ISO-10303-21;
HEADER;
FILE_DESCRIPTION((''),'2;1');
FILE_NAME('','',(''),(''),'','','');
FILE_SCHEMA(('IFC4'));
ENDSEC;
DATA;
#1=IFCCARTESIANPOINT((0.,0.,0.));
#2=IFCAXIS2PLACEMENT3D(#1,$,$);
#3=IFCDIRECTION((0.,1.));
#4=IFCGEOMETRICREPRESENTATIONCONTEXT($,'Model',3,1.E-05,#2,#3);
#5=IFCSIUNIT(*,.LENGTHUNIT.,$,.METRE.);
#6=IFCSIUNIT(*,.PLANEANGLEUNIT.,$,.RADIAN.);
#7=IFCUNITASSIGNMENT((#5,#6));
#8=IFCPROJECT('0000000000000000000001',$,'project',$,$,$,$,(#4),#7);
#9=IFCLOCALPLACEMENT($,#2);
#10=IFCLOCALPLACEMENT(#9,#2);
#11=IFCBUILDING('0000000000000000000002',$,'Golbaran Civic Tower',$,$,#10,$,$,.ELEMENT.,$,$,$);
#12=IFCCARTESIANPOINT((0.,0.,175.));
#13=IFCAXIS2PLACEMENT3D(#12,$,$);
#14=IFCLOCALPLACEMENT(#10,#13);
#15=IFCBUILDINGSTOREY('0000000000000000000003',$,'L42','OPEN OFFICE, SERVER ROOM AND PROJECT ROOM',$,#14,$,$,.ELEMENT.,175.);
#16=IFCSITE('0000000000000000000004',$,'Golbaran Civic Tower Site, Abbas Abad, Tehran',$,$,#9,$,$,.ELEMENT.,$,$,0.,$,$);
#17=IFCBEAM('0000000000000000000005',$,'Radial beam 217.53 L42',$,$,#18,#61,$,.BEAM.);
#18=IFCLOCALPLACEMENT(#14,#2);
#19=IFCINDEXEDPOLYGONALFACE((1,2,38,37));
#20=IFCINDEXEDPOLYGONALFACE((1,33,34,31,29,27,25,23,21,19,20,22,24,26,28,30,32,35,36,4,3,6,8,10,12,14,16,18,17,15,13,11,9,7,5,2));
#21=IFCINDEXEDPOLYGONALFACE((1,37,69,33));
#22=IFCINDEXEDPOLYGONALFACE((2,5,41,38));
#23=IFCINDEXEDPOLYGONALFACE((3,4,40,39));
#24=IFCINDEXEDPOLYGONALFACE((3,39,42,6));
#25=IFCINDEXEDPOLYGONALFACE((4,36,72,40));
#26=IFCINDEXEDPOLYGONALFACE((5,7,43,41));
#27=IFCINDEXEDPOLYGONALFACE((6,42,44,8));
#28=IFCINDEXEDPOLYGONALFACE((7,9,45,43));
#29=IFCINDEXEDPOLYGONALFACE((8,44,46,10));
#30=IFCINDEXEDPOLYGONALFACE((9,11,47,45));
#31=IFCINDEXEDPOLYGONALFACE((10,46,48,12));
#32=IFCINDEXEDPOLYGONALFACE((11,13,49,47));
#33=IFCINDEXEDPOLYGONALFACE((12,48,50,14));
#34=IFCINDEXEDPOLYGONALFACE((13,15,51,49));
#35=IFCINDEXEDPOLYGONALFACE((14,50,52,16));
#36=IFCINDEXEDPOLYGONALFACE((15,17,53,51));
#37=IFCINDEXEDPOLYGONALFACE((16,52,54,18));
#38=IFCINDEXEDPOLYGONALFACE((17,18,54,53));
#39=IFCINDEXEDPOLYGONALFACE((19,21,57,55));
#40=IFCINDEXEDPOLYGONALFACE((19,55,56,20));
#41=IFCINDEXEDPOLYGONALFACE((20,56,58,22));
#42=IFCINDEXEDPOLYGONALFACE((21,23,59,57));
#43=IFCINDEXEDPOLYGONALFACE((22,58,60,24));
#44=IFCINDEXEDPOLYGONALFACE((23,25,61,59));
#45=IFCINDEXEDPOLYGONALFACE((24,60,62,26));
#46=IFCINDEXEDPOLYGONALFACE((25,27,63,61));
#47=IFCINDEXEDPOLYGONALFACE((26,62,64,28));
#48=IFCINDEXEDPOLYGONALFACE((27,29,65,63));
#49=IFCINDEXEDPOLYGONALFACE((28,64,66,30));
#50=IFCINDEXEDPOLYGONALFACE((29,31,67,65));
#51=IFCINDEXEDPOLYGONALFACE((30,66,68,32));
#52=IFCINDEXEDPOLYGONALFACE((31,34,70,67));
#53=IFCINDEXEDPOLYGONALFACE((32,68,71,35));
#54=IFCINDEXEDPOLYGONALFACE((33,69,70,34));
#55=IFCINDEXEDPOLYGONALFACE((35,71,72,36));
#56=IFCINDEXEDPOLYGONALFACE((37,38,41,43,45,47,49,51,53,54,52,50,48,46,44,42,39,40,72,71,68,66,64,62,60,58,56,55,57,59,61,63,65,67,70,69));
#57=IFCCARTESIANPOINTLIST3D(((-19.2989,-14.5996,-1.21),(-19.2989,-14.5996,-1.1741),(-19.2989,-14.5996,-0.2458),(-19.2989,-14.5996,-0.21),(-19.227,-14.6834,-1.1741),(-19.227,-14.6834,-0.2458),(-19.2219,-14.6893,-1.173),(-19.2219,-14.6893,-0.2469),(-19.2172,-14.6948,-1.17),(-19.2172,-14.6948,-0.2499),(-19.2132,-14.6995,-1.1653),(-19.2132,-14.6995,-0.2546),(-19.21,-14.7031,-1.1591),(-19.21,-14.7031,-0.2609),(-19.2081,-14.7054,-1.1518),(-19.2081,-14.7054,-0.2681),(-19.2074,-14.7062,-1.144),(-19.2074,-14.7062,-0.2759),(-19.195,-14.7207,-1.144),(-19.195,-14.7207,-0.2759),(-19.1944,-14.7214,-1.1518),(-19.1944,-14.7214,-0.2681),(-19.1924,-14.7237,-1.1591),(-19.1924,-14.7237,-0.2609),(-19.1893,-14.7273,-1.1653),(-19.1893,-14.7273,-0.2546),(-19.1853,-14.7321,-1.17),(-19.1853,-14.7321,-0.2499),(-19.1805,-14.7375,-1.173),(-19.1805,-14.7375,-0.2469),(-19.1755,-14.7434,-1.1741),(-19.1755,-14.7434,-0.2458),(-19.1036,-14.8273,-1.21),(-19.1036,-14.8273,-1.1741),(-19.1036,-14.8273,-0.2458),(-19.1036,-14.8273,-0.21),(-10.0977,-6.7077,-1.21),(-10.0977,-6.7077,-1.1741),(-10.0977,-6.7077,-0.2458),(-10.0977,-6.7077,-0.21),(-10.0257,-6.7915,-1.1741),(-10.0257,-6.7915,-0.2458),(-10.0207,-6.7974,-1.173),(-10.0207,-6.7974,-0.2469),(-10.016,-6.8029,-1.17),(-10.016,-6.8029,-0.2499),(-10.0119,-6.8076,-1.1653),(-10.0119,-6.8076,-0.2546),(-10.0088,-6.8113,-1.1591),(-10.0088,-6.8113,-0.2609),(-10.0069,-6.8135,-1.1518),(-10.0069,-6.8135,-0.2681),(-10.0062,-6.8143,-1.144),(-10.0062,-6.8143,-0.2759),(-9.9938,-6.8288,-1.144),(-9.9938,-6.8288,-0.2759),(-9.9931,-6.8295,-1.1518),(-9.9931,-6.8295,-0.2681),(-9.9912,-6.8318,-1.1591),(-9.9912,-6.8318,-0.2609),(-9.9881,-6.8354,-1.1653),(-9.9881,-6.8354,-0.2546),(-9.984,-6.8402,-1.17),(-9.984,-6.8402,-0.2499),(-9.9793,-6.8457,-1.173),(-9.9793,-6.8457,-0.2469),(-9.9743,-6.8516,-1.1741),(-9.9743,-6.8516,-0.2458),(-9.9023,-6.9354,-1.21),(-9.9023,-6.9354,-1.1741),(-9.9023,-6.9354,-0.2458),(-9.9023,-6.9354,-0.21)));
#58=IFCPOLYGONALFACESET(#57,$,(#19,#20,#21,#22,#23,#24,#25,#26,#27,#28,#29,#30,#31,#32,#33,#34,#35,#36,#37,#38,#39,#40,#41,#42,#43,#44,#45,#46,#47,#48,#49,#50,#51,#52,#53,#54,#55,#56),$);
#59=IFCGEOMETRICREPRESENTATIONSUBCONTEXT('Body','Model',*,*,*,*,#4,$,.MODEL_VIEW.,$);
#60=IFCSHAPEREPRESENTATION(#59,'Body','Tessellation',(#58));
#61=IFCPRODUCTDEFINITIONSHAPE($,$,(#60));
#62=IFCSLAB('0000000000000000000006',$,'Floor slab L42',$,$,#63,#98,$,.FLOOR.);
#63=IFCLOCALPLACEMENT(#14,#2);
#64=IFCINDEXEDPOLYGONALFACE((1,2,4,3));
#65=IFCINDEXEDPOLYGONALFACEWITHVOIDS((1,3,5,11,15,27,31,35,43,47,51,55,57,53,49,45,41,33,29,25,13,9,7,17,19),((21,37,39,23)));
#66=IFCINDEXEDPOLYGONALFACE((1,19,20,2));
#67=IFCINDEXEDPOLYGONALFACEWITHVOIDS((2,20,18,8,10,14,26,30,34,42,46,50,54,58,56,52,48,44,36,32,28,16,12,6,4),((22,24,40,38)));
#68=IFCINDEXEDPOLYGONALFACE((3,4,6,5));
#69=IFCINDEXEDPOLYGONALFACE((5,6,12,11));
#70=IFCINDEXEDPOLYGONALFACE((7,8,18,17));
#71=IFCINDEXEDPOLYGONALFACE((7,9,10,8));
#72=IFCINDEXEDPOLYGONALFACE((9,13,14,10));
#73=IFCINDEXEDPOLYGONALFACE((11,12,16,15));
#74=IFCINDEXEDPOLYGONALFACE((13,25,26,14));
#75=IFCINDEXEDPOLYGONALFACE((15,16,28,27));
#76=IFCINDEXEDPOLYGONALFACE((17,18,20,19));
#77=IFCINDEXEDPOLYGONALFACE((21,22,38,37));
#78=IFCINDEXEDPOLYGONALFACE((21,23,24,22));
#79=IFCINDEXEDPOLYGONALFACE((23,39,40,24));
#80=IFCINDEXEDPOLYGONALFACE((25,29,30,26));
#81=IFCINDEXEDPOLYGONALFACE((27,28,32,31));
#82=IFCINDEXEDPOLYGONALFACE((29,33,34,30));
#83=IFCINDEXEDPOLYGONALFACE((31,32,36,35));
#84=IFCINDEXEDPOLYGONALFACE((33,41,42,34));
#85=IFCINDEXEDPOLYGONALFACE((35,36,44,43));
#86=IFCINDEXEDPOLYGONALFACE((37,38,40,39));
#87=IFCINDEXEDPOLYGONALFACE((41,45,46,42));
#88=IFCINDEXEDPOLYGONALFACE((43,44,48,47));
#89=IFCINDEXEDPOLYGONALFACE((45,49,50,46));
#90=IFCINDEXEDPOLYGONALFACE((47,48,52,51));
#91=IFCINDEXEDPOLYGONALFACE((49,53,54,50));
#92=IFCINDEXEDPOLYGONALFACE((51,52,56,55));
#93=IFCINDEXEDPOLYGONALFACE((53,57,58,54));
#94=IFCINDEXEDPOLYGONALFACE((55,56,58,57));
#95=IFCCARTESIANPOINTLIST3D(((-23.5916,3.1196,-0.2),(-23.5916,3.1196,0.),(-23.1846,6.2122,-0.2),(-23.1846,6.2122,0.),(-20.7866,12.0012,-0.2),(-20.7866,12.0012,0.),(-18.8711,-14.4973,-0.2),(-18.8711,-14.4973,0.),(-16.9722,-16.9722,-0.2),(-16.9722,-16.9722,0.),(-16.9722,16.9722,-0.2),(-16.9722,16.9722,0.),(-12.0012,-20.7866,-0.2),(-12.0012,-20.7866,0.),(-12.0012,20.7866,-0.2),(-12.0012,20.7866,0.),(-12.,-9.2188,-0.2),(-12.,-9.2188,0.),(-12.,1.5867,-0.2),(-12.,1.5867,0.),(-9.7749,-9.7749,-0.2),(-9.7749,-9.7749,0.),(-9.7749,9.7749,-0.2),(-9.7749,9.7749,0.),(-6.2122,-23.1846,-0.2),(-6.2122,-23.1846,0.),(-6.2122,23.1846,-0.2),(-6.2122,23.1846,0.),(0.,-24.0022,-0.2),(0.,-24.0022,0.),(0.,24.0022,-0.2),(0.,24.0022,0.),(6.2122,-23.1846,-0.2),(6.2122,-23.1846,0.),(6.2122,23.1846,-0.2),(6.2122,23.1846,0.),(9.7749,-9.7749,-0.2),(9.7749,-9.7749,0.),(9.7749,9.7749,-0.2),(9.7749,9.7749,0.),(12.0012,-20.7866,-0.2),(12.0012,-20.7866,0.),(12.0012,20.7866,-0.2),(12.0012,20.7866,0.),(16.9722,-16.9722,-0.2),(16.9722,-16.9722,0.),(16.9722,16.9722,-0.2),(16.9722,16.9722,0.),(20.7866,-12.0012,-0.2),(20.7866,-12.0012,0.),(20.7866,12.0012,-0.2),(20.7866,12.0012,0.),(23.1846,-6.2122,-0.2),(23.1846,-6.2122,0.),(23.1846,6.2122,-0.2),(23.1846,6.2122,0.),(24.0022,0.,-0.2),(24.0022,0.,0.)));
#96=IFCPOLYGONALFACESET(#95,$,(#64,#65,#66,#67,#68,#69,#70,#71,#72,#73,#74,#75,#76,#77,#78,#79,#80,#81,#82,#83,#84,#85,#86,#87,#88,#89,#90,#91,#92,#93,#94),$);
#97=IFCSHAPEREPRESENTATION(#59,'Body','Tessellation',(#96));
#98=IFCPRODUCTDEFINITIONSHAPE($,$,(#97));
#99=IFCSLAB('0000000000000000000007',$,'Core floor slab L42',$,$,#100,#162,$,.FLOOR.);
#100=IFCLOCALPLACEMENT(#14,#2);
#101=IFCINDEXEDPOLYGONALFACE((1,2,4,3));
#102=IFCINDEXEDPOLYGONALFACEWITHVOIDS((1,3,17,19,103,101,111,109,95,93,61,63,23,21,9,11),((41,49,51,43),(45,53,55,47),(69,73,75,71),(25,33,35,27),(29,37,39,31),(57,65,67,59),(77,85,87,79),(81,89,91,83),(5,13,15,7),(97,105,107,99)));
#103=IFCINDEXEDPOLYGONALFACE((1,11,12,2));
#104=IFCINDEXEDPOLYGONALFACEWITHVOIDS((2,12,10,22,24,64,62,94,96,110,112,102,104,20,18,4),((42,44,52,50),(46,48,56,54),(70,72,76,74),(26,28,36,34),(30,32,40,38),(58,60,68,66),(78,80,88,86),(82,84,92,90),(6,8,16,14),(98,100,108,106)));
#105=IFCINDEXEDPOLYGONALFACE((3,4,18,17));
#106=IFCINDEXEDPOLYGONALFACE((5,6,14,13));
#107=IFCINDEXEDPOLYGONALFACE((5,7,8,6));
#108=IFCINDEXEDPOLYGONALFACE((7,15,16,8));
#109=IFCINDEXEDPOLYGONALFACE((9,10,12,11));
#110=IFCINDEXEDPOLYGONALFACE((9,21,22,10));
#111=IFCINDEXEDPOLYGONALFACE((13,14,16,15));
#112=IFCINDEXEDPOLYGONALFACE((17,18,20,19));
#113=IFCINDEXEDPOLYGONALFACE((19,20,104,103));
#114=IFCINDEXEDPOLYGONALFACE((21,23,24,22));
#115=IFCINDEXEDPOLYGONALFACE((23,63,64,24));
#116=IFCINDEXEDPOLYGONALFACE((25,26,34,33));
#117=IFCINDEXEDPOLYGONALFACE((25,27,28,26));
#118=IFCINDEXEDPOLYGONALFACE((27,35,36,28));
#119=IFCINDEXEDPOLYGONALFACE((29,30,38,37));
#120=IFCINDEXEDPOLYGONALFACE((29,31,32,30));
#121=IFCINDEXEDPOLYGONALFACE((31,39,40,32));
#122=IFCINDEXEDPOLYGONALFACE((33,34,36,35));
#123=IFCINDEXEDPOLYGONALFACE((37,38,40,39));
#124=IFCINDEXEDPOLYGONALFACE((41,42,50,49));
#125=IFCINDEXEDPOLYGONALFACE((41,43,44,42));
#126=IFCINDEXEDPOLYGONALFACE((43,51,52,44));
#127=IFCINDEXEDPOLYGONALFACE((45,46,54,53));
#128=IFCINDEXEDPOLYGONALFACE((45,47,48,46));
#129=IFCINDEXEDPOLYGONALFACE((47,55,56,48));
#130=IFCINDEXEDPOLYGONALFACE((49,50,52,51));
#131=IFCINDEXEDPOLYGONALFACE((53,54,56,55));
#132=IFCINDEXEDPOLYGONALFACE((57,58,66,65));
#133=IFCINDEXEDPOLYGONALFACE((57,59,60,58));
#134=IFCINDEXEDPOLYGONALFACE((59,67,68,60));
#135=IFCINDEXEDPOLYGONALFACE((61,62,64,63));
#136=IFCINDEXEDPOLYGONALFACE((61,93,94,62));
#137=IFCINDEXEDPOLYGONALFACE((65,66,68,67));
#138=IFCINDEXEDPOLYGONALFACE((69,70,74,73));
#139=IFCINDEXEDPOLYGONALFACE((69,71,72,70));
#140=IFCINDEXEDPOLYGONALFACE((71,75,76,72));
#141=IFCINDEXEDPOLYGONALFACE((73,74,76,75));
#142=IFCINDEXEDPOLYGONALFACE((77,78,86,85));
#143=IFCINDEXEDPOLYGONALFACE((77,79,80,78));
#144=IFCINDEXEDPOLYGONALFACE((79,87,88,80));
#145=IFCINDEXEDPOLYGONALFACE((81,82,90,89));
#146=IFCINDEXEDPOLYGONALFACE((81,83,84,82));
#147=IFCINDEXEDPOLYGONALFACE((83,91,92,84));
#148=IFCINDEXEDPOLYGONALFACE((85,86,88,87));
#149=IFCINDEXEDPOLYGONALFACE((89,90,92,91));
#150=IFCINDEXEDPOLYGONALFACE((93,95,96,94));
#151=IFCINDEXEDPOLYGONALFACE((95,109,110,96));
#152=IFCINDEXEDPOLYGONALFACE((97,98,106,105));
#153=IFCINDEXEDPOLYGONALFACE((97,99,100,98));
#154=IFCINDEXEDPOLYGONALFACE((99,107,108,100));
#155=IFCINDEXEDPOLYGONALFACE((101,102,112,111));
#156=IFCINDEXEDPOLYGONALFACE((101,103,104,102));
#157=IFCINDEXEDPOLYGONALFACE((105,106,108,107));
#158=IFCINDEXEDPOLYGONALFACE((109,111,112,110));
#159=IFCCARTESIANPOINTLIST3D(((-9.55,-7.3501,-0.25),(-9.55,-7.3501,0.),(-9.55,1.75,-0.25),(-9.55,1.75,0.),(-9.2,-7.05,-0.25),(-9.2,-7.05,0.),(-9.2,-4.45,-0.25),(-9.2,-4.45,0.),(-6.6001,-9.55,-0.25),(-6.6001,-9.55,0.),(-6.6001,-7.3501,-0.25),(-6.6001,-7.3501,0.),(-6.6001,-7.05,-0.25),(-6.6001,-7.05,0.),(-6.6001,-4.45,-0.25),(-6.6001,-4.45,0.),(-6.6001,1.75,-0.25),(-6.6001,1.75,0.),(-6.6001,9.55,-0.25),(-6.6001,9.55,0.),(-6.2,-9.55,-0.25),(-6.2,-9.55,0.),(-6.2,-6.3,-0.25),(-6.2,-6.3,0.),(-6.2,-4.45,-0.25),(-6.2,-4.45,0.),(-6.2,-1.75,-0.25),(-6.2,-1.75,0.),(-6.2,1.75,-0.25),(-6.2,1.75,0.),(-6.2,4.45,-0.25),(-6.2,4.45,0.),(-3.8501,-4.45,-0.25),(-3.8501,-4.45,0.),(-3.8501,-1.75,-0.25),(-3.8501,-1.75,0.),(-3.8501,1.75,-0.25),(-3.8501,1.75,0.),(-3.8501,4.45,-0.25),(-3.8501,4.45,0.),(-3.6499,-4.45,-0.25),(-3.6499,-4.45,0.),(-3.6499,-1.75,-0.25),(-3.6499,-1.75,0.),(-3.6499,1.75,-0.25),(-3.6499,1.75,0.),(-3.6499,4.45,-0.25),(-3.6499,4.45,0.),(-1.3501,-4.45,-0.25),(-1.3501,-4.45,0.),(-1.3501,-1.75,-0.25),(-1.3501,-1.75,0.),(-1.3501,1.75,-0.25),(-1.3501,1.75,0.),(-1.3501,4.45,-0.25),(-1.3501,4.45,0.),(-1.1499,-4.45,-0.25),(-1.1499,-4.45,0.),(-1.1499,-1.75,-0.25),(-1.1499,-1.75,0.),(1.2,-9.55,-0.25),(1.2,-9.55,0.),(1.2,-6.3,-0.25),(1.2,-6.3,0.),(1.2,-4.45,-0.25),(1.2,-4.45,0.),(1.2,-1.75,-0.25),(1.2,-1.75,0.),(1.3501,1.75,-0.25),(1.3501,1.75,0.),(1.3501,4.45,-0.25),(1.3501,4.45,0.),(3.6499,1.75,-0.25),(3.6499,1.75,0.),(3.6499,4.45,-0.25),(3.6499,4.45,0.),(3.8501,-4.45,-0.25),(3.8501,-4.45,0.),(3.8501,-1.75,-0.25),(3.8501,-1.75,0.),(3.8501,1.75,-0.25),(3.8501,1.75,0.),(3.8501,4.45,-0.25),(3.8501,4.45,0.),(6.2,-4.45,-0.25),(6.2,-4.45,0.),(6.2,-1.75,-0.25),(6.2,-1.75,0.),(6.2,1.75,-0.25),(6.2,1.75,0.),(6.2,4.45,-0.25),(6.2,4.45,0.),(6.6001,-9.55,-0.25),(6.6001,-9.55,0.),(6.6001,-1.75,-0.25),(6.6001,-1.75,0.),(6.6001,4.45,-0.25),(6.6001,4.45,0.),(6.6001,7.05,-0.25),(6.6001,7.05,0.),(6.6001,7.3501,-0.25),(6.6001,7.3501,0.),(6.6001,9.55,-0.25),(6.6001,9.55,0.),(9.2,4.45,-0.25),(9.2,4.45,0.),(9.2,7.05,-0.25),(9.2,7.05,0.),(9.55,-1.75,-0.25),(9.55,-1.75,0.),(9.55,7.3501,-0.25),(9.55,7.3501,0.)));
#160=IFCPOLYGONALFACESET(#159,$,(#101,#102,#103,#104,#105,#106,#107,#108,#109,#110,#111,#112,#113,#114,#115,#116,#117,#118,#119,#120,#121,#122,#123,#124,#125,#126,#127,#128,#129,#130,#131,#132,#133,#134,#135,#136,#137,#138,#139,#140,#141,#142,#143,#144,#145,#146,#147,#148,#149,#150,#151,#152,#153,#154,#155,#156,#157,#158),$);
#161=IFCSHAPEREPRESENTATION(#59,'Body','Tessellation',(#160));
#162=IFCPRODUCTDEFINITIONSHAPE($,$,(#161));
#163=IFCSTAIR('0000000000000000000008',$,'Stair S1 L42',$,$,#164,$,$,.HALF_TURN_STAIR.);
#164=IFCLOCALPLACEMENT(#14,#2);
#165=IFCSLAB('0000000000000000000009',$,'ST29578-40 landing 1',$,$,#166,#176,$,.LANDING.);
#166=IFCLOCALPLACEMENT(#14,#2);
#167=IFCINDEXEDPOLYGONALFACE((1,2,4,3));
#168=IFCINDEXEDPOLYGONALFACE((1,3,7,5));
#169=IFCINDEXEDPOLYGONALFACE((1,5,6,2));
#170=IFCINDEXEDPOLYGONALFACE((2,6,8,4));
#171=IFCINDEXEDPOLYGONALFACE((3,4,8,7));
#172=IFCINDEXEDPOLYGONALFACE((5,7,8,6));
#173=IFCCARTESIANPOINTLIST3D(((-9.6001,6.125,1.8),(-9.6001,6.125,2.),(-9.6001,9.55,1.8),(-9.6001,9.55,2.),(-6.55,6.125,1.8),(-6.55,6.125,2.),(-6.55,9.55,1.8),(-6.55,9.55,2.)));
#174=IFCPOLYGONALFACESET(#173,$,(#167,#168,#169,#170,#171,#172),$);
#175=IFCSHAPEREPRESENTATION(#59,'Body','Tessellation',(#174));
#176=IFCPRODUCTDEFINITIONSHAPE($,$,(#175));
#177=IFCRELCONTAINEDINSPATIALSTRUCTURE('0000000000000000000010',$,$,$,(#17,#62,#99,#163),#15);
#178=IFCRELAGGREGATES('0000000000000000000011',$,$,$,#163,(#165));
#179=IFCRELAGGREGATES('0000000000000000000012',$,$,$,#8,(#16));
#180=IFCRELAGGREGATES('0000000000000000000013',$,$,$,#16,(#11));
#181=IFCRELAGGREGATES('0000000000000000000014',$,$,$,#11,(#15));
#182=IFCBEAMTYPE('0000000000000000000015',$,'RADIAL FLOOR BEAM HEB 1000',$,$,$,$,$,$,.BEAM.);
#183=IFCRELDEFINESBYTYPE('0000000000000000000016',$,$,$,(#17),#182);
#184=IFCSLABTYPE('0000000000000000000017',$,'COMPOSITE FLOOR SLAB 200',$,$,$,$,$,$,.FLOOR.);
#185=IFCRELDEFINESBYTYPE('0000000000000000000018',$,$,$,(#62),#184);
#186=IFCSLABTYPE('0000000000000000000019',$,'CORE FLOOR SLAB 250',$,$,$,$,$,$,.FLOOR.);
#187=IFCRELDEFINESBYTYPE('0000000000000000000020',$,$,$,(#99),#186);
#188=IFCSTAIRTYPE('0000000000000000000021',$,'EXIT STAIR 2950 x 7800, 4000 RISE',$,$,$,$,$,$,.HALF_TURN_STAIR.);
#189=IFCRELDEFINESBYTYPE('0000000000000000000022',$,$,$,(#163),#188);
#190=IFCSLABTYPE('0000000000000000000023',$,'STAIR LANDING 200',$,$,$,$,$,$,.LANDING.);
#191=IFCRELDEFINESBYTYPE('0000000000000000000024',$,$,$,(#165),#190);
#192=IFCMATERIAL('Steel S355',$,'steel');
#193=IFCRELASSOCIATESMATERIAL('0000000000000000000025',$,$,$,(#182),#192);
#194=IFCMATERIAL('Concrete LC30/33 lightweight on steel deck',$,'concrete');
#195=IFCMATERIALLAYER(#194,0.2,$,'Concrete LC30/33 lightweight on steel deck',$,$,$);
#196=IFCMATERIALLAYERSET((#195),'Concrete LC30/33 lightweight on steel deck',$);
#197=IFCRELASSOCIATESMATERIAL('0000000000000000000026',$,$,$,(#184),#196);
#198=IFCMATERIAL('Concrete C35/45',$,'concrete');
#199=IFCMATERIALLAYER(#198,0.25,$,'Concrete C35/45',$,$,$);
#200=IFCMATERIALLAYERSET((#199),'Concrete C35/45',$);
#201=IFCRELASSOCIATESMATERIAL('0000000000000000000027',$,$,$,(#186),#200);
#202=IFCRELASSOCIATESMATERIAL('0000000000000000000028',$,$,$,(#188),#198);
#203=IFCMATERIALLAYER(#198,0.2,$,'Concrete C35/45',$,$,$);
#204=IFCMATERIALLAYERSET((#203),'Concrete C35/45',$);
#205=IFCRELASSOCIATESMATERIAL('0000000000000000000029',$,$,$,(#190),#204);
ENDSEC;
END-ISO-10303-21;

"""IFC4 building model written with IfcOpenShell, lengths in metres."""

from ifc_helpers import new_model, si_unit, direction, frame, origin, origin_2d, place, context, subcontext, project, spatial, polyline, i_section, outline, extrude, material, layer, layer_set, material_profile, profile_set, type_object, element, aggregate, save


model = new_model("IFC4")

# Units and contexts
model_context = context("Model", 3, precision=1e-05, world=origin(), true_north=direction((0.0, 1.0)))
body_context = subcontext(model_context, "Body", "Model", "MODEL_VIEW")
ifc_project = project(units=[si_unit("LENGTHUNIT", "METRE"), si_unit("PLANEANGLEUNIT", "RADIAN")], contexts=[model_context])

# Site, building, storey
site_placement = place(None, origin())
site = spatial("IfcSite", under=ifc_project, at=site_placement, Name="Golbaran Civic Tower Site, Abbas Abad, Tehran", CompositionType="ELEMENT", RefElevation=0.0)
building_placement = place(site_placement, origin())
building = spatial("IfcBuilding", under=site, at=building_placement, Name="Golbaran Civic Tower", CompositionType="ELEMENT")
storey_placement = place(building_placement, frame((0.0, 0.0, 175.0)))
storey = spatial("IfcBuildingStorey", under=building, at=storey_placement, Name="L42", Description="OPEN OFFICE, SERVER ROOM AND PROJECT ROOM", CompositionType="ELEMENT", Elevation=175.0)

# Beam
ifc_material_1 = material(Name="Steel S355", Category="steel")
ifc_material_profile = material_profile(ifc_material_1, i_section(OverallWidth=0.3, OverallDepth=1.0, WebThickness=0.019, FlangeThickness=0.0359, FilletRadius=0.03, at=origin_2d()), Name="HEB 1000")
ifc_profile_set = profile_set([ifc_material_profile], Name="Steel S355")
beam_type = type_object("IfcBeamType", Name="RADIAL FLOOR BEAM HEB 1000", PredefinedType="BEAM", material=ifc_profile_set)
beam_placement = place(storey_placement, frame((-10.0, -6.8215, -0.71), z_axis=(-0.759048, -0.651035, 0.0), x_axis=(0.651035, -0.759048, 0.0)))
element("IfcBeam", 1, at=beam_placement, inside=storey, type_object=beam_type, Name="Radial beam 217.53 L42", PredefinedType="BEAM", context=body_context, shape_type="SweptSolid", body=[
    extrude(i_section(OverallWidth=0.3, OverallDepth=1.0, WebThickness=0.019, FlangeThickness=0.0359, FilletRadius=0.03, at=origin_2d()), origin(), (0.0, 0.0, 1.0), 12.1221),
])

# Slabs
ifc_material_2 = material(Name="Concrete LC30/33 lightweight on steel deck", Category="concrete")
ifc_layer_1 = layer(ifc_material_2, 0.2, Name="Concrete LC30/33 lightweight on steel deck")
ifc_layer_set_1 = layer_set([ifc_layer_1], Name="Concrete LC30/33 lightweight on steel deck")
slab_type_1 = type_object("IfcSlabType", Name="COMPOSITE FLOOR SLAB 200", PredefinedType="FLOOR", material=ifc_layer_set_1)
slab_1_placement = place(storey_placement, frame((0.0, 0.0, -0.2)))
element("IfcSlab", 2, at=slab_1_placement, inside=storey, type_object=slab_type_1, Name="Floor slab L42", PredefinedType="FLOOR", context=body_context, shape_type="SweptSolid", body=[
    extrude(outline(polyline([(16.9722, -16.9722), (12.0012, -20.7866), (6.2122, -23.1846), (0.0, -24.0022), (-6.2122, -23.1846), (-12.0012, -20.7866), (-16.9722, -16.9722), (-18.8711, -14.4973), (-12.0, -9.2188), (-12.0, 1.5867), (-23.5916, 3.1196), (-23.1846, 6.2122), (-20.7866, 12.0012), (-16.9722, 16.9722), (-12.0012, 20.7866), (-6.2122, 23.1846), (0.0, 24.0022), (6.2122, 23.1846), (12.0012, 20.7866), (16.9722, 16.9722), (20.7866, 12.0012), (23.1846, 6.2122), (24.0022, 0.0), (23.1846, -6.2122), (20.7866, -12.0012), (16.9722, -16.9722)]), holes=[polyline([(-9.7749, -9.7749), (9.7749, -9.7749), (9.7749, 9.7749), (-9.7749, 9.7749), (-9.7749, -9.7749)])]), origin(), (0.0, 0.0, 1.0), 0.2),
])
ifc_material_3 = material(Name="Concrete C35/45", Category="concrete")
ifc_layer_2 = layer(ifc_material_3, 0.25, Name="Concrete C35/45")
ifc_layer_set_2 = layer_set([ifc_layer_2], Name="Concrete C35/45")
slab_type_2 = type_object("IfcSlabType", Name="CORE FLOOR SLAB 250", PredefinedType="FLOOR", material=ifc_layer_set_2)
slab_2_placement = place(storey_placement, frame((0.0, 0.0, -0.25)))
element("IfcSlab", 3, at=slab_2_placement, inside=storey, type_object=slab_type_2, Name="Core floor slab L42", PredefinedType="FLOOR", context=body_context, shape_type="SweptSolid", body=[
    extrude(outline(polyline([(6.6001, -1.75), (6.6001, -9.55), (1.2, -9.55), (1.2, -6.3), (-6.2, -6.3), (-6.2, -9.55), (-6.6001, -9.55), (-6.6001, -7.3501), (-9.55, -7.3501), (-9.55, 1.75), (-6.6001, 1.75), (-6.6001, 9.55), (6.6001, 9.55), (6.6001, 7.3501), (9.55, 7.3501), (9.55, -1.75), (6.6001, -1.75)]), holes=[polyline([(9.2, 7.05), (6.6001, 7.05), (6.6001, 4.45), (9.2, 4.45), (9.2, 7.05)]), polyline([(6.2, -1.75), (3.8501, -1.75), (3.8501, -4.45), (6.2, -4.45), (6.2, -1.75)]), polyline([(6.2, 4.45), (3.8501, 4.45), (3.8501, 1.75), (6.2, 1.75), (6.2, 4.45)]), polyline([(3.6499, 4.45), (1.3501, 4.45), (1.3501, 1.75), (3.6499, 1.75), (3.6499, 4.45)]), polyline([(1.2, -1.75), (-1.1499, -1.75), (-1.1499, -4.45), (1.2, -4.45), (1.2, -1.75)]), polyline([(-1.3501, 4.45), (-3.6499, 4.45), (-3.6499, 1.75), (-1.3501, 1.75), (-1.3501, 4.45)]), polyline([(-1.3501, -1.75), (-3.6499, -1.75), (-3.6499, -4.45), (-1.3501, -4.45), (-1.3501, -1.75)]), polyline([(-3.8501, -1.75), (-6.2, -1.75), (-6.2, -4.45), (-3.8501, -4.45), (-3.8501, -1.75)]), polyline([(-3.8501, 4.45), (-6.2, 4.45), (-6.2, 1.75), (-3.8501, 1.75), (-3.8501, 4.45)]), polyline([(-6.6001, -4.45), (-9.2, -4.45), (-9.2, -7.05), (-6.6001, -7.05), (-6.6001, -4.45)])]), origin(), (0.0, 0.0, 1.0), 0.25),
])

# Stair, slab
stair_type_1 = type_object("IfcStairType", Name="EXIT STAIR 2950 x 7800, 4000 RISE", PredefinedType="HALF_TURN_STAIR", material=ifc_material_3)
stair_1_placement = place(storey_placement, origin())
stair_1 = element("IfcStair", 4, at=stair_1_placement, inside=storey, type_object=stair_type_1, Name="Stair S1 L42", PredefinedType="HALF_TURN_STAIR")
ifc_layer_3 = layer(ifc_material_3, 0.2, Name="Concrete C35/45")
ifc_layer_set_3 = layer_set([ifc_layer_3], Name="Concrete C35/45")
slab_type_3 = type_object("IfcSlabType", Name="STAIR LANDING 200", PredefinedType="LANDING", material=ifc_layer_set_3)
slab_3_placement = place(storey_placement, frame((0.0, 0.0, 1.8)))
slab_3 = element("IfcSlab", 5, at=slab_3_placement, type_object=slab_type_3, Name="ST29578-40 landing 1", PredefinedType="LANDING", context=body_context, shape_type="SweptSolid", body=[
    extrude(outline(polyline([(-9.6001, 6.125), (-9.6001, 9.55), (-6.55, 9.55), (-6.55, 6.125), (-9.6001, 6.125)])), origin(), (0.0, 0.0, 1.0), 0.2),
])
aggregate(stair_1, [slab_3])

save(model, "model.ifc")
